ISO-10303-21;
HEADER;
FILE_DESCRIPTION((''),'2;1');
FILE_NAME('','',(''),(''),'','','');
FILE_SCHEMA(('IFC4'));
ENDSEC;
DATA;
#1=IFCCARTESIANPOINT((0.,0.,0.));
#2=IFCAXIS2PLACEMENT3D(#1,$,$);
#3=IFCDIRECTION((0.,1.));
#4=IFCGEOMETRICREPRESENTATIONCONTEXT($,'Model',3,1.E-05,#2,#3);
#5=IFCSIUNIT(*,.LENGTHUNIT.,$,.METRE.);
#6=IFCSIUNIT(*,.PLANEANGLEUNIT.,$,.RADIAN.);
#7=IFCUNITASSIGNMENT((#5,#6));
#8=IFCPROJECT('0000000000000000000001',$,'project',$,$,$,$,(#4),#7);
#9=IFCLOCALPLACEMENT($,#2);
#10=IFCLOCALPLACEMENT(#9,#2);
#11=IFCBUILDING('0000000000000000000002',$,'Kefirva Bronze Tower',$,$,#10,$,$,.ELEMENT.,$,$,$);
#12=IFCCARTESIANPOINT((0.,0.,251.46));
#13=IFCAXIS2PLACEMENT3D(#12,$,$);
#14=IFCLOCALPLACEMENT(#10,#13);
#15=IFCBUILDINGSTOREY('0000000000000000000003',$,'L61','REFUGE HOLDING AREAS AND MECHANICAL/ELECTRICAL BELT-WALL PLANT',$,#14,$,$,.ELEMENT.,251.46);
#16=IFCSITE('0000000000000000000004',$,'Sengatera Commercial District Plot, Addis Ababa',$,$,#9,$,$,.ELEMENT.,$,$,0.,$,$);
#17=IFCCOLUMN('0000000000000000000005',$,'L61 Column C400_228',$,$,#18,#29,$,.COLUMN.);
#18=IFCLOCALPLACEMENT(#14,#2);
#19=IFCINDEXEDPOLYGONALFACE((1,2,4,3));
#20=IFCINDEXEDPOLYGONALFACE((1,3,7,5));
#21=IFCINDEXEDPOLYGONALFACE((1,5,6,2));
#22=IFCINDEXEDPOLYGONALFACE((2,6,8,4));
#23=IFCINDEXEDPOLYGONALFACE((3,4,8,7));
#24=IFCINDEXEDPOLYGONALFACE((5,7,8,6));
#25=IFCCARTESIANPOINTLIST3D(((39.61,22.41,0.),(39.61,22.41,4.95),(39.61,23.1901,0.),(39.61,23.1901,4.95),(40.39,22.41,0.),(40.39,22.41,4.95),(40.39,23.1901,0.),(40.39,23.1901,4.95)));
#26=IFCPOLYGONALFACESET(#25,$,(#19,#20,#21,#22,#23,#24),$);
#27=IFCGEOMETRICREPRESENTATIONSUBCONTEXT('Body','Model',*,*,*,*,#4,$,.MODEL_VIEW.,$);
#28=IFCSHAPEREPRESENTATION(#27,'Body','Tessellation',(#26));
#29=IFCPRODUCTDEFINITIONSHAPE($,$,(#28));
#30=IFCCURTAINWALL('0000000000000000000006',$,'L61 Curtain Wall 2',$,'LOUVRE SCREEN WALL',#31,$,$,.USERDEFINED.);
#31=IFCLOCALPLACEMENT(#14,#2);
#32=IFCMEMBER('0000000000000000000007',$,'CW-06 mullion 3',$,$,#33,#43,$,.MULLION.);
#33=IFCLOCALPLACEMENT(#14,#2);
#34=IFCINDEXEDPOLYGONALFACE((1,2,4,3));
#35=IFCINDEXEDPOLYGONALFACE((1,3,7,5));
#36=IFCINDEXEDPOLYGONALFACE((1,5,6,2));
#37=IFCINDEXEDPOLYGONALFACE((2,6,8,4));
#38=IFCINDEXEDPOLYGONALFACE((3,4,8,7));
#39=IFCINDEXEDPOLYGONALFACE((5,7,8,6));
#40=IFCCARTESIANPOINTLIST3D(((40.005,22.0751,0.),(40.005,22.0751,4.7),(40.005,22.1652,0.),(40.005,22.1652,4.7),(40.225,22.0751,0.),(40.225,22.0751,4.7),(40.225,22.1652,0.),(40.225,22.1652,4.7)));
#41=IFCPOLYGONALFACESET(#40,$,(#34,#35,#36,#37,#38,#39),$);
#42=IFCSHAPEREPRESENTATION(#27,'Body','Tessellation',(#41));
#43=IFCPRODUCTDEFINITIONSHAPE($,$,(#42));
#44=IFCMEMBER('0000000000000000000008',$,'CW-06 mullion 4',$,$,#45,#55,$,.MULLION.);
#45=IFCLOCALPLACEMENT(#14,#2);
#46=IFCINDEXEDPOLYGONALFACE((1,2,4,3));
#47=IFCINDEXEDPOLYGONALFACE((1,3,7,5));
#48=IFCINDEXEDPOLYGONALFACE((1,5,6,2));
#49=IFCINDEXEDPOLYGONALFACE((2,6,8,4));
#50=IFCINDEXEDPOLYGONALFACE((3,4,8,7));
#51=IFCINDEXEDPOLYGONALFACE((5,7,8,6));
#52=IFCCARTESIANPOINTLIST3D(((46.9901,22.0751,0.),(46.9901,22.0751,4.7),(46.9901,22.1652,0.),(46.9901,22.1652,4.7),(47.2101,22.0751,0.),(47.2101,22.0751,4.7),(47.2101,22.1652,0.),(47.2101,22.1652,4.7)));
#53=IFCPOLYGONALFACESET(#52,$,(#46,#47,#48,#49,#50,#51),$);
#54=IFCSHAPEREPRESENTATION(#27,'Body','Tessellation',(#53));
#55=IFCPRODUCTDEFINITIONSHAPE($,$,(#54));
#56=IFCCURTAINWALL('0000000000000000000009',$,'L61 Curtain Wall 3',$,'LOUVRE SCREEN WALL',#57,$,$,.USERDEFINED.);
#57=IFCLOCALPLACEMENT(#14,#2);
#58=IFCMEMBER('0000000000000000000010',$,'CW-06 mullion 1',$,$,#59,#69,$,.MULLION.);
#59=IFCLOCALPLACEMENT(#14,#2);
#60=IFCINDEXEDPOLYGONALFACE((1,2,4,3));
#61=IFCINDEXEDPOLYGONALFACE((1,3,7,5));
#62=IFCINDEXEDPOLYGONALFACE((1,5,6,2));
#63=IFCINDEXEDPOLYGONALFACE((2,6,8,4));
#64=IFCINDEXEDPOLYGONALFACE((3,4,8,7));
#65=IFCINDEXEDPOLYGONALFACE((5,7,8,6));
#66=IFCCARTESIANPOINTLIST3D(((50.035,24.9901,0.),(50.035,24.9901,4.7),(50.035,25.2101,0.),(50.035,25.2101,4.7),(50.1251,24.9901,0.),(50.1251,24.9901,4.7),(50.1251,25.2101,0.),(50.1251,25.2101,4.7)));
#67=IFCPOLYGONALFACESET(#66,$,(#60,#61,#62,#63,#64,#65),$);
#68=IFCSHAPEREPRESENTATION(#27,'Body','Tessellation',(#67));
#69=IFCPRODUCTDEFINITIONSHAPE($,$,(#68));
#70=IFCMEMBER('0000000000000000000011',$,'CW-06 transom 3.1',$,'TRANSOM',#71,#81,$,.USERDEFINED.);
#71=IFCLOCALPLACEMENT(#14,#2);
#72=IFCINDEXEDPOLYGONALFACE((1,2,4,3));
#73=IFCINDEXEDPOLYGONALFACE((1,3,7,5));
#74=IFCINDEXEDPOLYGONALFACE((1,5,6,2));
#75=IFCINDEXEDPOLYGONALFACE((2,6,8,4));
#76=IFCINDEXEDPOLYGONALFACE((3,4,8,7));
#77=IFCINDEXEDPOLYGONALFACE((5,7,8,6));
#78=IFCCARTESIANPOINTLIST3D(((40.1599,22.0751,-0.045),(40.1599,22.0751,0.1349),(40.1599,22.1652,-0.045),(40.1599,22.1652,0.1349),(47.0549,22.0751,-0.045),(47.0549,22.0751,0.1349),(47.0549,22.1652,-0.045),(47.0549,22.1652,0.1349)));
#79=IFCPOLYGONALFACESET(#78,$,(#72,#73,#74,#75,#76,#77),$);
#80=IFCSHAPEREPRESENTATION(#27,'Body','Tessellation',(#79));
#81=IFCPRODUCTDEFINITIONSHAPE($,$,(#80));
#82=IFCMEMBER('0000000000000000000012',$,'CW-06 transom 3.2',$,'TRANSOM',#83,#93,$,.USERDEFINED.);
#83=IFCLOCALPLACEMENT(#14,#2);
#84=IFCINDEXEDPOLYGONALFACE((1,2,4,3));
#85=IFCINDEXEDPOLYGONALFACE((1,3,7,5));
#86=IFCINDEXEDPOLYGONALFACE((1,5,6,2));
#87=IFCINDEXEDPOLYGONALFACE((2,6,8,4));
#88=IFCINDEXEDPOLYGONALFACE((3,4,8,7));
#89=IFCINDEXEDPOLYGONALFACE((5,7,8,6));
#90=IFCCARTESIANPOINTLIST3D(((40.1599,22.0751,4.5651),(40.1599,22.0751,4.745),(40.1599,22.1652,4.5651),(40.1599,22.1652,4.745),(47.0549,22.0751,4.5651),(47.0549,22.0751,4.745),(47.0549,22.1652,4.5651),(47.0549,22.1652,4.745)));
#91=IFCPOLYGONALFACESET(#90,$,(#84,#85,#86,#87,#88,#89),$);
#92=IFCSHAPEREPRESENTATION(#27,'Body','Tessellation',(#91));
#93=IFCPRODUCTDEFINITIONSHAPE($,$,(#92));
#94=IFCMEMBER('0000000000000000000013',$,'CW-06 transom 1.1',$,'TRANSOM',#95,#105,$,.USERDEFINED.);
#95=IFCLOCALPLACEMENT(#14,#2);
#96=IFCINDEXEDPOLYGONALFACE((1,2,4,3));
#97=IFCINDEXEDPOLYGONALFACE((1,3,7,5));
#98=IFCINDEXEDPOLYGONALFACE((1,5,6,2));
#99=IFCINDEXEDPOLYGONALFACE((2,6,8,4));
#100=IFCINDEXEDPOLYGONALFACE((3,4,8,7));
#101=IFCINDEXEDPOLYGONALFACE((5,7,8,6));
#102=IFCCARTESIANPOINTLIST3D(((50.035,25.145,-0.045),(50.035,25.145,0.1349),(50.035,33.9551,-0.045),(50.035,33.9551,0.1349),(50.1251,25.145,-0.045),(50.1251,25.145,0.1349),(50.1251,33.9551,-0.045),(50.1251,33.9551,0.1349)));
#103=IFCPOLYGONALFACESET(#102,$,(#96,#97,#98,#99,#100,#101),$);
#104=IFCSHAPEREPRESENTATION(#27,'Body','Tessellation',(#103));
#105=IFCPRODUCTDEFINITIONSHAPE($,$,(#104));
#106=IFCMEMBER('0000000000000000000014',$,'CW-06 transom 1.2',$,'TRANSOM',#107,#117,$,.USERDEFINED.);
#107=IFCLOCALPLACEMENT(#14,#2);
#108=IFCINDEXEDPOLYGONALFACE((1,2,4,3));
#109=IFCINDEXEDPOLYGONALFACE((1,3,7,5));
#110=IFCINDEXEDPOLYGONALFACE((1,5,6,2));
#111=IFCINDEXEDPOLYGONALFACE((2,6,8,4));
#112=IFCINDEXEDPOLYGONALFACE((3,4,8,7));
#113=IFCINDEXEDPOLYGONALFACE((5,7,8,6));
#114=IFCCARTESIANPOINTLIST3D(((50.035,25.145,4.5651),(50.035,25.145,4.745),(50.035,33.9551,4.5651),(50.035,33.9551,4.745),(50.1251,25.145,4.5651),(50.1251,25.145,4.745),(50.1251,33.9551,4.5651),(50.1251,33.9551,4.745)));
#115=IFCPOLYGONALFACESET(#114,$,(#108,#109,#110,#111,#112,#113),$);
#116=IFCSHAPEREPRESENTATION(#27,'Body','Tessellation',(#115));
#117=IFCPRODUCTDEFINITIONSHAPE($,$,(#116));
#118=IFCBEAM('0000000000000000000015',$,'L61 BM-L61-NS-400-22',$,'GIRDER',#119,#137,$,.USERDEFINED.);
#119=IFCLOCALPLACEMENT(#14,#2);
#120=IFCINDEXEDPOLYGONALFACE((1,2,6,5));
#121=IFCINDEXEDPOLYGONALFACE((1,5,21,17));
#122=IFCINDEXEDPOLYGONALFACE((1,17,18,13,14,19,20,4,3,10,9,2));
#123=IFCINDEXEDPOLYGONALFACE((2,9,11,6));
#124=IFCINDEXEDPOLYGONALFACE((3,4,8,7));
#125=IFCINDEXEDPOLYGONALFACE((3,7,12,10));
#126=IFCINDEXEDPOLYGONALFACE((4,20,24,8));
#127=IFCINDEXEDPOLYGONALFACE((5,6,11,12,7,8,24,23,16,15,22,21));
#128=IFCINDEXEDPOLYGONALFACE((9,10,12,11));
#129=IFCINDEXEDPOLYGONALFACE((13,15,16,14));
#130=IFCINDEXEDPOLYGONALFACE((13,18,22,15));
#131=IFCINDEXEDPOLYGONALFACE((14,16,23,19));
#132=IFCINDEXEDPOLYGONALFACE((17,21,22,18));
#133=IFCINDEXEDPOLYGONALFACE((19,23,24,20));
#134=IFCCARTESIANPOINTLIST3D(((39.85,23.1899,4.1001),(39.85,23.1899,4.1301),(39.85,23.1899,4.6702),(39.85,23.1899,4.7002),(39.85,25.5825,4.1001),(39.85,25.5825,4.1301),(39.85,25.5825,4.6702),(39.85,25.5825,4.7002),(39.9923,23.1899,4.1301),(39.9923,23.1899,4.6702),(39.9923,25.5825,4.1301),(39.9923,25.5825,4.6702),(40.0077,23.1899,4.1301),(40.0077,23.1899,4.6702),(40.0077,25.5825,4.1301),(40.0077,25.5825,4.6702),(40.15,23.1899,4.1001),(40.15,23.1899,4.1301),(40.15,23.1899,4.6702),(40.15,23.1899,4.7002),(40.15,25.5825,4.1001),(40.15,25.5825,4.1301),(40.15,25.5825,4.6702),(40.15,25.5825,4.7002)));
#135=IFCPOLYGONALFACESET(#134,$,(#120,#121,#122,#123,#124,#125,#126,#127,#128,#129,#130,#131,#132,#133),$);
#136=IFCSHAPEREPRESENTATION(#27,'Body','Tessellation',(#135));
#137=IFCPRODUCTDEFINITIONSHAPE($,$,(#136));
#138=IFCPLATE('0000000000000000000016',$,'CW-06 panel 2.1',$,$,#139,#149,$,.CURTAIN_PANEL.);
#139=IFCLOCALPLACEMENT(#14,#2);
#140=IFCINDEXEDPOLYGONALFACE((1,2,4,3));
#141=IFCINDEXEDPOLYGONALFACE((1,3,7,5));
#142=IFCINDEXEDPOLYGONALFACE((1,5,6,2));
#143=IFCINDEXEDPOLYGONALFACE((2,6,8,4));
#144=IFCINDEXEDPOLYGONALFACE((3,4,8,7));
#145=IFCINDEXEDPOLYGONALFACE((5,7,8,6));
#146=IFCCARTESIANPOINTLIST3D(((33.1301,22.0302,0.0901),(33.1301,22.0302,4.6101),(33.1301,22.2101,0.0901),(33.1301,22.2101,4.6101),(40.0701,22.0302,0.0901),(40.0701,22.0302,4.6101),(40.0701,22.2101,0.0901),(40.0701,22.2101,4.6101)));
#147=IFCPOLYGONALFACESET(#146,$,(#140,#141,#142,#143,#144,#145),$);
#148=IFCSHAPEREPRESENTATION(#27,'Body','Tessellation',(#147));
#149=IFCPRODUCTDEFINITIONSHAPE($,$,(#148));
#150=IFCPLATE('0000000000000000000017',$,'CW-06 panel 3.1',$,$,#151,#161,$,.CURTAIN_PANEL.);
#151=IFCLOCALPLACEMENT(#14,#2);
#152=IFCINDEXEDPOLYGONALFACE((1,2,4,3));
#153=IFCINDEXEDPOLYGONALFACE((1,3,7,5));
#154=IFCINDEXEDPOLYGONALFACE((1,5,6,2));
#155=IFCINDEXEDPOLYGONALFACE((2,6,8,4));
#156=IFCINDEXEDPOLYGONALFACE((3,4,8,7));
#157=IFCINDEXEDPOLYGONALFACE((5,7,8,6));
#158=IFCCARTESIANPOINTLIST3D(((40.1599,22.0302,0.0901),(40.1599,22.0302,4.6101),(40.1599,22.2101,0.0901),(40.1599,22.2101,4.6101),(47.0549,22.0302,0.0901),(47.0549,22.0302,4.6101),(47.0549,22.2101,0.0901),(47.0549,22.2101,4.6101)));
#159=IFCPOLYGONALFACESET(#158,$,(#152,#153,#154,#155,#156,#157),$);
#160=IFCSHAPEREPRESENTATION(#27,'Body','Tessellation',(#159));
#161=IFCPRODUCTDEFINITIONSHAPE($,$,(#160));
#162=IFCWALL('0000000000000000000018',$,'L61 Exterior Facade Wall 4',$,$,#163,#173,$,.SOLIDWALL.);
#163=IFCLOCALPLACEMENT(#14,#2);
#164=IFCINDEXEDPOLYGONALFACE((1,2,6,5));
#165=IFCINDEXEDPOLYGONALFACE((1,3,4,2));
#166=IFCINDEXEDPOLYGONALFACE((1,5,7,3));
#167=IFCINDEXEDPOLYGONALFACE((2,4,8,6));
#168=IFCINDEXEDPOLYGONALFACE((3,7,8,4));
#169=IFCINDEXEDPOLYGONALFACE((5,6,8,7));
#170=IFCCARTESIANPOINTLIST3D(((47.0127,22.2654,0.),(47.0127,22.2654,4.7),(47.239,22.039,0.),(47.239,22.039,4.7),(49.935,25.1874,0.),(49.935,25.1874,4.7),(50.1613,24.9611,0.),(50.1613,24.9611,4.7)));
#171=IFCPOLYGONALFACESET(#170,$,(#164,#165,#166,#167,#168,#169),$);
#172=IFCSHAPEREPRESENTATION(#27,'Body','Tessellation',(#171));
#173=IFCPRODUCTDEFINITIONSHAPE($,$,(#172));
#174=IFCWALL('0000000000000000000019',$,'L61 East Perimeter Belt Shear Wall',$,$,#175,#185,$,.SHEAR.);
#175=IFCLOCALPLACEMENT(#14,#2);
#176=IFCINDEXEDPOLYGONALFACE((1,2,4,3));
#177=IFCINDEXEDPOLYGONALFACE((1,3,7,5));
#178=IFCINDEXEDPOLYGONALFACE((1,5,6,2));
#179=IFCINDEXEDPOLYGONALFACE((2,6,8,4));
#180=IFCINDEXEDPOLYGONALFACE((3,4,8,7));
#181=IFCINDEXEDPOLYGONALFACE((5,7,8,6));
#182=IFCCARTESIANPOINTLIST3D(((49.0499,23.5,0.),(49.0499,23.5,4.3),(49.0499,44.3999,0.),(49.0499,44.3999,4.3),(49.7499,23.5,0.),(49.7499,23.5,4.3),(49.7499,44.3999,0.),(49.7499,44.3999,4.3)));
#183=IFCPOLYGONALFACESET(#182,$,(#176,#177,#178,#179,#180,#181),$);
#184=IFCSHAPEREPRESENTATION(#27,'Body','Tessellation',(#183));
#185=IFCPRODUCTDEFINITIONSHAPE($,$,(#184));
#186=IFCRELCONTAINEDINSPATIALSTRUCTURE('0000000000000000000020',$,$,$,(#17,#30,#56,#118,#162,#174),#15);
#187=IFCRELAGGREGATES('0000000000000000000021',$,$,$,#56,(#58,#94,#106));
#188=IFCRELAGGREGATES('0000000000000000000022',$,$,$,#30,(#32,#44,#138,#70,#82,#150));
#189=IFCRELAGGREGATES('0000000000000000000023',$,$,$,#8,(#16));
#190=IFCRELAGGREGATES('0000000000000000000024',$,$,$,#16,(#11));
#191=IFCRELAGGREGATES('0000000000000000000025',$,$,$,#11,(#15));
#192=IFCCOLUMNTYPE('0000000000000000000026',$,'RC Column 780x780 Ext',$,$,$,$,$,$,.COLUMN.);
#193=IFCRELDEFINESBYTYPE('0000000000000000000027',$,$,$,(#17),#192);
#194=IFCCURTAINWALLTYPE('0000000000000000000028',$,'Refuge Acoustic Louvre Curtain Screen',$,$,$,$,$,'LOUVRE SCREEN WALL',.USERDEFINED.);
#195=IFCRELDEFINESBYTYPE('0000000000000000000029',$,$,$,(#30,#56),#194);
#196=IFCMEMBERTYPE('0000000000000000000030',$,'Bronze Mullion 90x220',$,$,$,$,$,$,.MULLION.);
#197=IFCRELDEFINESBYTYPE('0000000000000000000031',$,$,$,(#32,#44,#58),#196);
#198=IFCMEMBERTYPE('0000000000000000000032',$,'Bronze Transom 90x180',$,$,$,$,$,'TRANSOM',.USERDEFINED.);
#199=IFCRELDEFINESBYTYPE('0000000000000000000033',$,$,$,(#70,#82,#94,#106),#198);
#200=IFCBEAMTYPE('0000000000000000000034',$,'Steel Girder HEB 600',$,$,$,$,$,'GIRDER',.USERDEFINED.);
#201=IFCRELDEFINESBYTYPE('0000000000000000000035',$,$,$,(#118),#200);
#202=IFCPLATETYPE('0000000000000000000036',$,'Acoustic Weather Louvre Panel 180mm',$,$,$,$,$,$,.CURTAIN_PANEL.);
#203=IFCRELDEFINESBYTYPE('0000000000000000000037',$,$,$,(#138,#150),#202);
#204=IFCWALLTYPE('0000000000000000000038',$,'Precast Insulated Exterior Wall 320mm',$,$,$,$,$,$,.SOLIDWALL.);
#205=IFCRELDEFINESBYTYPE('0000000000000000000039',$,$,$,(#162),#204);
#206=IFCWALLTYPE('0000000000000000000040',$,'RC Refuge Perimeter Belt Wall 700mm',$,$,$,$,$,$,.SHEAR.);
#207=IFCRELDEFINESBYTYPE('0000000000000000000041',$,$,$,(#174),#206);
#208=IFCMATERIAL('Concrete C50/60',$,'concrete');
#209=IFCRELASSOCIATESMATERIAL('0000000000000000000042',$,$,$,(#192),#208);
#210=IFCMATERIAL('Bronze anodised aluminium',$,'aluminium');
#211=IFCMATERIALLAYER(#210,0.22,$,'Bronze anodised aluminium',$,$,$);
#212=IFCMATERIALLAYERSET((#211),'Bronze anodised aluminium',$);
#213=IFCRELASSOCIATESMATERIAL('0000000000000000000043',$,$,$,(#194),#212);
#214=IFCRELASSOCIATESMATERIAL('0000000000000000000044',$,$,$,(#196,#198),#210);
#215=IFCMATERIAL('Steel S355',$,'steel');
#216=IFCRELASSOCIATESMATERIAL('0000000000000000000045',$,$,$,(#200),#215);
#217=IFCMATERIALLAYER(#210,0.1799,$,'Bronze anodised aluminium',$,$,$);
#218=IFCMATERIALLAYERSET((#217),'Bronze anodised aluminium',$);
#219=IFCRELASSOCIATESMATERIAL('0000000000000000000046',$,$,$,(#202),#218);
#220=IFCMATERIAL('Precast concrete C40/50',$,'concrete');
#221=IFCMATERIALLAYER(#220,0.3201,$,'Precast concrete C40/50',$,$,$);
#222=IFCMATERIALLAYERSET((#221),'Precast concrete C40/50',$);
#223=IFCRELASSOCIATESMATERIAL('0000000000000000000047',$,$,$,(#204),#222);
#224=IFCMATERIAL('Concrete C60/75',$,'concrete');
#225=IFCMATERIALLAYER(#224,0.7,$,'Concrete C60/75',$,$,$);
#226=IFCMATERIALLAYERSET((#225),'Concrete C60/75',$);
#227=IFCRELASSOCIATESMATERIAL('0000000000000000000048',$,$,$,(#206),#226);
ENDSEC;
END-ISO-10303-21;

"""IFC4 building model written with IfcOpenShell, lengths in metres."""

from ifc_helpers import new_model, si_unit, direction, frame, frame_2d, origin, origin_2d, place, context, subcontext, project, spatial, rectangle, i_section, extrude, material, layer, layer_set, material_profile, profile_set, type_object, element, aggregate, save


model = new_model("IFC4")

# Units and contexts
model_context = context("Model", 3, precision=1e-05, world=origin(), true_north=direction((0.0, 1.0)))
body_context = subcontext(model_context, "Body", "Model", "MODEL_VIEW")
ifc_project = project(units=[si_unit("LENGTHUNIT", "METRE"), si_unit("PLANEANGLEUNIT", "RADIAN")], contexts=[model_context])

# Site, building, storey
site_placement = place(None, origin())
site = spatial("IfcSite", under=ifc_project, at=site_placement, Name="Sengatera Commercial District Plot, Addis Ababa", CompositionType="ELEMENT", RefElevation=0.0)
building_placement = place(site_placement, origin())
building = spatial("IfcBuilding", under=site, at=building_placement, Name="Kefirva Bronze Tower", CompositionType="ELEMENT")
storey_placement = place(building_placement, frame((0.0, 0.0, 251.46)))
storey = spatial("IfcBuildingStorey", under=building, at=storey_placement, Name="L61", Description="REFUGE HOLDING AREAS AND MECHANICAL/ELECTRICAL BELT-WALL PLANT", CompositionType="ELEMENT", Elevation=251.46)

# Column
ifc_material_1 = material(Name="Concrete C50/60", Category="concrete")
ifc_material_profile_1 = material_profile(ifc_material_1, rectangle(XDim=0.78, YDim=0.78, at=origin_2d()), Name="RC 780x780")
ifc_profile_set_1 = profile_set([ifc_material_profile_1], Name="Concrete C50/60")
column_type = type_object("IfcColumnType", Name="RC Column 780x780 Ext", PredefinedType="COLUMN", material=ifc_profile_set_1)
column_placement = place(storey_placement, frame((40.0, 22.8, 0.0), z_axis=(0.0, 0.0, 1.0), x_axis=(1.0, 0.0, 0.0)))
element("IfcColumn", 1, at=column_placement, inside=storey, type_object=column_type, Name="L61 Column C400_228", PredefinedType="COLUMN", context=body_context, shape_type="SweptSolid", body=[
    extrude(rectangle(XDim=0.78, YDim=0.78, at=origin_2d()), origin(), (0.0, 0.0, 1.0), 4.95),
])

# Curtain wall, members
ifc_material_2 = material(Name="Bronze anodised aluminium", Category="aluminium")
ifc_layer_1 = layer(ifc_material_2, 0.22, Name="Bronze anodised aluminium")
ifc_layer_set_1 = layer_set([ifc_layer_1], Name="Bronze anodised aluminium")
curtain_wall_type = type_object("IfcCurtainWallType", Name="Refuge Acoustic Louvre Curtain Screen", ElementType="LOUVRE SCREEN WALL", PredefinedType="USERDEFINED", material=ifc_layer_set_1)
curtain_wall_1_placement = place(storey_placement, origin())
curtain_wall_1 = element("IfcCurtainWall", 2, at=curtain_wall_1_placement, inside=storey, type_object=curtain_wall_type, Name="L61 Curtain Wall 2", ObjectType="LOUVRE SCREEN WALL", PredefinedType="USERDEFINED")
ifc_material_profile_2 = material_profile(ifc_material_2, rectangle(XDim=0.0901, YDim=0.22, at=origin_2d()), Name="ALU 90x220")
ifc_profile_set_2 = profile_set([ifc_material_profile_2], Name="Bronze anodised aluminium")
member_type_1 = type_object("IfcMemberType", Name="Bronze Mullion 90x220", PredefinedType="MULLION", material=ifc_profile_set_2)
member_1_placement = place(storey_placement, frame((40.115, 22.1201, 0.0), z_axis=(0.0, 0.0, 1.0), x_axis=(0.0, 1.0, 0.0)))
member_1 = element("IfcMember", 3, at=member_1_placement, type_object=member_type_1, Name="CW-06 mullion 3", PredefinedType="MULLION", context=body_context, shape_type="SweptSolid", body=[
    extrude(rectangle(XDim=0.0901, YDim=0.22, at=origin_2d()), origin(), (0.0, 0.0, 1.0), 4.7),
])
member_2_placement = place(storey_placement, frame((47.1001, 22.1201, 0.0), z_axis=(0.0, 0.0, 1.0), x_axis=(0.0, 1.0, 0.0)))
member_2 = element("IfcMember", 4, at=member_2_placement, type_object=member_type_1, Name="CW-06 mullion 4", PredefinedType="MULLION", context=body_context, shape_type="SweptSolid", body=[
    extrude(rectangle(XDim=0.0901, YDim=0.22, at=origin_2d()), origin(), (0.0, 0.0, 1.0), 4.7),
])

# Curtain wall, member
curtain_wall_2_placement = place(storey_placement, origin())
curtain_wall_2 = element("IfcCurtainWall", 5, at=curtain_wall_2_placement, inside=storey, type_object=curtain_wall_type, Name="L61 Curtain Wall 3", ObjectType="LOUVRE SCREEN WALL", PredefinedType="USERDEFINED")
member_3_placement = place(storey_placement, frame((50.0801, 25.1001, 0.0), z_axis=(0.0, 0.0, 1.0), x_axis=(-1.0, 0.0, 0.0)))
member_3 = element("IfcMember", 6, at=member_3_placement, type_object=member_type_1, Name="CW-06 mullion 1", PredefinedType="MULLION", context=body_context, shape_type="SweptSolid", body=[
    extrude(rectangle(XDim=0.0901, YDim=0.22, at=origin_2d()), origin(), (0.0, 0.0, 1.0), 4.7),
])

# Members
ifc_material_profile_3 = material_profile(ifc_material_2, rectangle(XDim=0.0901, YDim=0.1799, at=origin_2d()), Name="ALU 90x180")
ifc_profile_set_3 = profile_set([ifc_material_profile_3], Name="Bronze anodised aluminium")
member_type_2 = type_object("IfcMemberType", Name="Bronze Transom 90x180", ElementType="TRANSOM", PredefinedType="USERDEFINED", material=ifc_profile_set_3)
member_4_placement = place(storey_placement, frame((40.1599, 22.1201, 0.0449), z_axis=(1.0, 0.0, 0.0), x_axis=(0.0, 1.0, 0.0)))
member_4 = element("IfcMember", 7, at=member_4_placement, type_object=member_type_2, Name="CW-06 transom 3.1", ObjectType="TRANSOM", PredefinedType="USERDEFINED", context=body_context, shape_type="SweptSolid", body=[
    extrude(rectangle(XDim=0.0901, YDim=0.1799, at=origin_2d()), origin(), (0.0, 0.0, 1.0), 6.895),
])
member_5_placement = place(storey_placement, frame((40.1599, 22.1201, 4.655), z_axis=(1.0, 0.0, 0.0), x_axis=(0.0, 1.0, 0.0)))
member_5 = element("IfcMember", 8, at=member_5_placement, type_object=member_type_2, Name="CW-06 transom 3.2", ObjectType="TRANSOM", PredefinedType="USERDEFINED", context=body_context, shape_type="SweptSolid", body=[
    extrude(rectangle(XDim=0.0901, YDim=0.1799, at=origin_2d()), origin(), (0.0, 0.0, 1.0), 6.895),
])
member_6_placement = place(storey_placement, frame((50.0801, 25.145, 0.0449), z_axis=(0.0, 1.0, 0.0), x_axis=(-1.0, 0.0, 0.0)))
member_6 = element("IfcMember", 9, at=member_6_placement, type_object=member_type_2, Name="CW-06 transom 1.1", ObjectType="TRANSOM", PredefinedType="USERDEFINED", context=body_context, shape_type="SweptSolid", body=[
    extrude(rectangle(XDim=0.0901, YDim=0.1799, at=origin_2d()), origin(), (0.0, 0.0, 1.0), 8.8101),
])
member_7_placement = place(storey_placement, frame((50.0801, 25.145, 4.655), z_axis=(0.0, 1.0, 0.0), x_axis=(-1.0, 0.0, 0.0)))
member_7 = element("IfcMember", 10, at=member_7_placement, type_object=member_type_2, Name="CW-06 transom 1.2", ObjectType="TRANSOM", PredefinedType="USERDEFINED", context=body_context, shape_type="SweptSolid", body=[
    extrude(rectangle(XDim=0.0901, YDim=0.1799, at=origin_2d()), origin(), (0.0, 0.0, 1.0), 8.8101),
])
aggregate(curtain_wall_2, [member_3, member_6, member_7])

# Beam
ifc_material_3 = material(Name="Steel S355", Category="steel")
ifc_material_profile_4 = material_profile(ifc_material_3, i_section(OverallWidth=0.3, OverallDepth=0.6001, WebThickness=0.0154, FlangeThickness=0.03, at=origin_2d()), Name="HEB 600")
ifc_profile_set_4 = profile_set([ifc_material_profile_4], Name="Steel S355")
beam_type = type_object("IfcBeamType", Name="Steel Girder HEB 600", ElementType="GIRDER", PredefinedType="USERDEFINED", material=ifc_profile_set_4)
beam_placement = place(storey_placement, frame((40.0, 23.1899, 4.4001), z_axis=(0.0, 1.0, 0.0), x_axis=(-1.0, 0.0, 0.0)))
element("IfcBeam", 11, at=beam_placement, inside=storey, type_object=beam_type, Name="L61 BM-L61-NS-400-22", ObjectType="GIRDER", PredefinedType="USERDEFINED", context=body_context, shape_type="SweptSolid", body=[
    extrude(i_section(OverallWidth=0.3, OverallDepth=0.6001, WebThickness=0.0154, FlangeThickness=0.03, at=origin_2d()), origin(), (0.0, 0.0, 1.0), 2.3926),
])

# Plates
ifc_layer_2 = layer(ifc_material_2, 0.1799, Name="Bronze anodised aluminium")
ifc_layer_set_2 = layer_set([ifc_layer_2], Name="Bronze anodised aluminium")
plate_type = type_object("IfcPlateType", Name="Acoustic Weather Louvre Panel 180mm", PredefinedType="CURTAIN_PANEL", material=ifc_layer_set_2)
plate_1_placement = place(storey_placement, frame((36.6001, 22.1201, 0.0901), z_axis=(0.0, 0.0, 1.0), x_axis=(1.0, 0.0, 0.0)))
plate_1 = element("IfcPlate", 12, at=plate_1_placement, type_object=plate_type, Name="CW-06 panel 2.1", PredefinedType="CURTAIN_PANEL", context=body_context, shape_type="SweptSolid", body=[
    extrude(rectangle(XDim=6.9399, YDim=0.1799, at=origin_2d()), origin(), (0.0, 0.0, 1.0), 4.52),
])
plate_2_placement = place(storey_placement, frame((43.6074, 22.1201, 0.0901), z_axis=(0.0, 0.0, 1.0), x_axis=(1.0, 0.0, 0.0)))
plate_2 = element("IfcPlate", 13, at=plate_2_placement, type_object=plate_type, Name="CW-06 panel 3.1", PredefinedType="CURTAIN_PANEL", context=body_context, shape_type="SweptSolid", body=[
    extrude(rectangle(XDim=6.895, YDim=0.1799, at=origin_2d()), origin(), (0.0, 0.0, 1.0), 4.52),
])
aggregate(curtain_wall_1, [member_1, member_2, plate_1, member_4, member_5, plate_2])

# Walls
ifc_material_4 = material(Name="Precast concrete C40/50", Category="concrete")
ifc_layer_3 = layer(ifc_material_4, 0.3201, Name="Precast concrete C40/50")
ifc_layer_set_3 = layer_set([ifc_layer_3], Name="Precast concrete C40/50")
wall_type_1 = type_object("IfcWallType", Name="Precast Insulated Exterior Wall 320mm", PredefinedType="SOLIDWALL", material=ifc_layer_set_3)
wall_1_placement = place(storey_placement, frame((47.1257, 22.1521, 0.0), z_axis=(0.0, 0.0, 1.0), x_axis=(0.707136, 0.707077, 0.0)))
element("IfcWall", 14, at=wall_1_placement, inside=storey, type_object=wall_type_1, Name="L61 Exterior Facade Wall 4", PredefinedType="SOLIDWALL", context=body_context, shape_type="SweptSolid", body=[
    extrude(rectangle(XDim=4.1326, YDim=0.3201, at=frame_2d((2.0664, 0.0))), origin(), (0.0, 0.0, 1.0), 4.7),
])
ifc_material_5 = material(Name="Concrete C60/75", Category="concrete")
ifc_layer_4 = layer(ifc_material_5, 0.7, Name="Concrete C60/75")
ifc_layer_set_4 = layer_set([ifc_layer_4], Name="Concrete C60/75")
wall_type_2 = type_object("IfcWallType", Name="RC Refuge Perimeter Belt Wall 700mm", PredefinedType="SHEAR", material=ifc_layer_set_4)
wall_2_placement = place(storey_placement, frame((49.3999, 23.5, 0.0), z_axis=(0.0, 0.0, 1.0), x_axis=(0.0, 1.0, 0.0)))
element("IfcWall", 15, at=wall_2_placement, inside=storey, type_object=wall_type_2, Name="L61 East Perimeter Belt Shear Wall", PredefinedType="SHEAR", context=body_context, shape_type="SweptSolid", body=[
    extrude(rectangle(XDim=20.8999, YDim=0.7, at=frame_2d((10.45, 0.0))), origin(), (0.0, 0.0, 1.0), 4.3),
])

save(model, "model.ifc")
